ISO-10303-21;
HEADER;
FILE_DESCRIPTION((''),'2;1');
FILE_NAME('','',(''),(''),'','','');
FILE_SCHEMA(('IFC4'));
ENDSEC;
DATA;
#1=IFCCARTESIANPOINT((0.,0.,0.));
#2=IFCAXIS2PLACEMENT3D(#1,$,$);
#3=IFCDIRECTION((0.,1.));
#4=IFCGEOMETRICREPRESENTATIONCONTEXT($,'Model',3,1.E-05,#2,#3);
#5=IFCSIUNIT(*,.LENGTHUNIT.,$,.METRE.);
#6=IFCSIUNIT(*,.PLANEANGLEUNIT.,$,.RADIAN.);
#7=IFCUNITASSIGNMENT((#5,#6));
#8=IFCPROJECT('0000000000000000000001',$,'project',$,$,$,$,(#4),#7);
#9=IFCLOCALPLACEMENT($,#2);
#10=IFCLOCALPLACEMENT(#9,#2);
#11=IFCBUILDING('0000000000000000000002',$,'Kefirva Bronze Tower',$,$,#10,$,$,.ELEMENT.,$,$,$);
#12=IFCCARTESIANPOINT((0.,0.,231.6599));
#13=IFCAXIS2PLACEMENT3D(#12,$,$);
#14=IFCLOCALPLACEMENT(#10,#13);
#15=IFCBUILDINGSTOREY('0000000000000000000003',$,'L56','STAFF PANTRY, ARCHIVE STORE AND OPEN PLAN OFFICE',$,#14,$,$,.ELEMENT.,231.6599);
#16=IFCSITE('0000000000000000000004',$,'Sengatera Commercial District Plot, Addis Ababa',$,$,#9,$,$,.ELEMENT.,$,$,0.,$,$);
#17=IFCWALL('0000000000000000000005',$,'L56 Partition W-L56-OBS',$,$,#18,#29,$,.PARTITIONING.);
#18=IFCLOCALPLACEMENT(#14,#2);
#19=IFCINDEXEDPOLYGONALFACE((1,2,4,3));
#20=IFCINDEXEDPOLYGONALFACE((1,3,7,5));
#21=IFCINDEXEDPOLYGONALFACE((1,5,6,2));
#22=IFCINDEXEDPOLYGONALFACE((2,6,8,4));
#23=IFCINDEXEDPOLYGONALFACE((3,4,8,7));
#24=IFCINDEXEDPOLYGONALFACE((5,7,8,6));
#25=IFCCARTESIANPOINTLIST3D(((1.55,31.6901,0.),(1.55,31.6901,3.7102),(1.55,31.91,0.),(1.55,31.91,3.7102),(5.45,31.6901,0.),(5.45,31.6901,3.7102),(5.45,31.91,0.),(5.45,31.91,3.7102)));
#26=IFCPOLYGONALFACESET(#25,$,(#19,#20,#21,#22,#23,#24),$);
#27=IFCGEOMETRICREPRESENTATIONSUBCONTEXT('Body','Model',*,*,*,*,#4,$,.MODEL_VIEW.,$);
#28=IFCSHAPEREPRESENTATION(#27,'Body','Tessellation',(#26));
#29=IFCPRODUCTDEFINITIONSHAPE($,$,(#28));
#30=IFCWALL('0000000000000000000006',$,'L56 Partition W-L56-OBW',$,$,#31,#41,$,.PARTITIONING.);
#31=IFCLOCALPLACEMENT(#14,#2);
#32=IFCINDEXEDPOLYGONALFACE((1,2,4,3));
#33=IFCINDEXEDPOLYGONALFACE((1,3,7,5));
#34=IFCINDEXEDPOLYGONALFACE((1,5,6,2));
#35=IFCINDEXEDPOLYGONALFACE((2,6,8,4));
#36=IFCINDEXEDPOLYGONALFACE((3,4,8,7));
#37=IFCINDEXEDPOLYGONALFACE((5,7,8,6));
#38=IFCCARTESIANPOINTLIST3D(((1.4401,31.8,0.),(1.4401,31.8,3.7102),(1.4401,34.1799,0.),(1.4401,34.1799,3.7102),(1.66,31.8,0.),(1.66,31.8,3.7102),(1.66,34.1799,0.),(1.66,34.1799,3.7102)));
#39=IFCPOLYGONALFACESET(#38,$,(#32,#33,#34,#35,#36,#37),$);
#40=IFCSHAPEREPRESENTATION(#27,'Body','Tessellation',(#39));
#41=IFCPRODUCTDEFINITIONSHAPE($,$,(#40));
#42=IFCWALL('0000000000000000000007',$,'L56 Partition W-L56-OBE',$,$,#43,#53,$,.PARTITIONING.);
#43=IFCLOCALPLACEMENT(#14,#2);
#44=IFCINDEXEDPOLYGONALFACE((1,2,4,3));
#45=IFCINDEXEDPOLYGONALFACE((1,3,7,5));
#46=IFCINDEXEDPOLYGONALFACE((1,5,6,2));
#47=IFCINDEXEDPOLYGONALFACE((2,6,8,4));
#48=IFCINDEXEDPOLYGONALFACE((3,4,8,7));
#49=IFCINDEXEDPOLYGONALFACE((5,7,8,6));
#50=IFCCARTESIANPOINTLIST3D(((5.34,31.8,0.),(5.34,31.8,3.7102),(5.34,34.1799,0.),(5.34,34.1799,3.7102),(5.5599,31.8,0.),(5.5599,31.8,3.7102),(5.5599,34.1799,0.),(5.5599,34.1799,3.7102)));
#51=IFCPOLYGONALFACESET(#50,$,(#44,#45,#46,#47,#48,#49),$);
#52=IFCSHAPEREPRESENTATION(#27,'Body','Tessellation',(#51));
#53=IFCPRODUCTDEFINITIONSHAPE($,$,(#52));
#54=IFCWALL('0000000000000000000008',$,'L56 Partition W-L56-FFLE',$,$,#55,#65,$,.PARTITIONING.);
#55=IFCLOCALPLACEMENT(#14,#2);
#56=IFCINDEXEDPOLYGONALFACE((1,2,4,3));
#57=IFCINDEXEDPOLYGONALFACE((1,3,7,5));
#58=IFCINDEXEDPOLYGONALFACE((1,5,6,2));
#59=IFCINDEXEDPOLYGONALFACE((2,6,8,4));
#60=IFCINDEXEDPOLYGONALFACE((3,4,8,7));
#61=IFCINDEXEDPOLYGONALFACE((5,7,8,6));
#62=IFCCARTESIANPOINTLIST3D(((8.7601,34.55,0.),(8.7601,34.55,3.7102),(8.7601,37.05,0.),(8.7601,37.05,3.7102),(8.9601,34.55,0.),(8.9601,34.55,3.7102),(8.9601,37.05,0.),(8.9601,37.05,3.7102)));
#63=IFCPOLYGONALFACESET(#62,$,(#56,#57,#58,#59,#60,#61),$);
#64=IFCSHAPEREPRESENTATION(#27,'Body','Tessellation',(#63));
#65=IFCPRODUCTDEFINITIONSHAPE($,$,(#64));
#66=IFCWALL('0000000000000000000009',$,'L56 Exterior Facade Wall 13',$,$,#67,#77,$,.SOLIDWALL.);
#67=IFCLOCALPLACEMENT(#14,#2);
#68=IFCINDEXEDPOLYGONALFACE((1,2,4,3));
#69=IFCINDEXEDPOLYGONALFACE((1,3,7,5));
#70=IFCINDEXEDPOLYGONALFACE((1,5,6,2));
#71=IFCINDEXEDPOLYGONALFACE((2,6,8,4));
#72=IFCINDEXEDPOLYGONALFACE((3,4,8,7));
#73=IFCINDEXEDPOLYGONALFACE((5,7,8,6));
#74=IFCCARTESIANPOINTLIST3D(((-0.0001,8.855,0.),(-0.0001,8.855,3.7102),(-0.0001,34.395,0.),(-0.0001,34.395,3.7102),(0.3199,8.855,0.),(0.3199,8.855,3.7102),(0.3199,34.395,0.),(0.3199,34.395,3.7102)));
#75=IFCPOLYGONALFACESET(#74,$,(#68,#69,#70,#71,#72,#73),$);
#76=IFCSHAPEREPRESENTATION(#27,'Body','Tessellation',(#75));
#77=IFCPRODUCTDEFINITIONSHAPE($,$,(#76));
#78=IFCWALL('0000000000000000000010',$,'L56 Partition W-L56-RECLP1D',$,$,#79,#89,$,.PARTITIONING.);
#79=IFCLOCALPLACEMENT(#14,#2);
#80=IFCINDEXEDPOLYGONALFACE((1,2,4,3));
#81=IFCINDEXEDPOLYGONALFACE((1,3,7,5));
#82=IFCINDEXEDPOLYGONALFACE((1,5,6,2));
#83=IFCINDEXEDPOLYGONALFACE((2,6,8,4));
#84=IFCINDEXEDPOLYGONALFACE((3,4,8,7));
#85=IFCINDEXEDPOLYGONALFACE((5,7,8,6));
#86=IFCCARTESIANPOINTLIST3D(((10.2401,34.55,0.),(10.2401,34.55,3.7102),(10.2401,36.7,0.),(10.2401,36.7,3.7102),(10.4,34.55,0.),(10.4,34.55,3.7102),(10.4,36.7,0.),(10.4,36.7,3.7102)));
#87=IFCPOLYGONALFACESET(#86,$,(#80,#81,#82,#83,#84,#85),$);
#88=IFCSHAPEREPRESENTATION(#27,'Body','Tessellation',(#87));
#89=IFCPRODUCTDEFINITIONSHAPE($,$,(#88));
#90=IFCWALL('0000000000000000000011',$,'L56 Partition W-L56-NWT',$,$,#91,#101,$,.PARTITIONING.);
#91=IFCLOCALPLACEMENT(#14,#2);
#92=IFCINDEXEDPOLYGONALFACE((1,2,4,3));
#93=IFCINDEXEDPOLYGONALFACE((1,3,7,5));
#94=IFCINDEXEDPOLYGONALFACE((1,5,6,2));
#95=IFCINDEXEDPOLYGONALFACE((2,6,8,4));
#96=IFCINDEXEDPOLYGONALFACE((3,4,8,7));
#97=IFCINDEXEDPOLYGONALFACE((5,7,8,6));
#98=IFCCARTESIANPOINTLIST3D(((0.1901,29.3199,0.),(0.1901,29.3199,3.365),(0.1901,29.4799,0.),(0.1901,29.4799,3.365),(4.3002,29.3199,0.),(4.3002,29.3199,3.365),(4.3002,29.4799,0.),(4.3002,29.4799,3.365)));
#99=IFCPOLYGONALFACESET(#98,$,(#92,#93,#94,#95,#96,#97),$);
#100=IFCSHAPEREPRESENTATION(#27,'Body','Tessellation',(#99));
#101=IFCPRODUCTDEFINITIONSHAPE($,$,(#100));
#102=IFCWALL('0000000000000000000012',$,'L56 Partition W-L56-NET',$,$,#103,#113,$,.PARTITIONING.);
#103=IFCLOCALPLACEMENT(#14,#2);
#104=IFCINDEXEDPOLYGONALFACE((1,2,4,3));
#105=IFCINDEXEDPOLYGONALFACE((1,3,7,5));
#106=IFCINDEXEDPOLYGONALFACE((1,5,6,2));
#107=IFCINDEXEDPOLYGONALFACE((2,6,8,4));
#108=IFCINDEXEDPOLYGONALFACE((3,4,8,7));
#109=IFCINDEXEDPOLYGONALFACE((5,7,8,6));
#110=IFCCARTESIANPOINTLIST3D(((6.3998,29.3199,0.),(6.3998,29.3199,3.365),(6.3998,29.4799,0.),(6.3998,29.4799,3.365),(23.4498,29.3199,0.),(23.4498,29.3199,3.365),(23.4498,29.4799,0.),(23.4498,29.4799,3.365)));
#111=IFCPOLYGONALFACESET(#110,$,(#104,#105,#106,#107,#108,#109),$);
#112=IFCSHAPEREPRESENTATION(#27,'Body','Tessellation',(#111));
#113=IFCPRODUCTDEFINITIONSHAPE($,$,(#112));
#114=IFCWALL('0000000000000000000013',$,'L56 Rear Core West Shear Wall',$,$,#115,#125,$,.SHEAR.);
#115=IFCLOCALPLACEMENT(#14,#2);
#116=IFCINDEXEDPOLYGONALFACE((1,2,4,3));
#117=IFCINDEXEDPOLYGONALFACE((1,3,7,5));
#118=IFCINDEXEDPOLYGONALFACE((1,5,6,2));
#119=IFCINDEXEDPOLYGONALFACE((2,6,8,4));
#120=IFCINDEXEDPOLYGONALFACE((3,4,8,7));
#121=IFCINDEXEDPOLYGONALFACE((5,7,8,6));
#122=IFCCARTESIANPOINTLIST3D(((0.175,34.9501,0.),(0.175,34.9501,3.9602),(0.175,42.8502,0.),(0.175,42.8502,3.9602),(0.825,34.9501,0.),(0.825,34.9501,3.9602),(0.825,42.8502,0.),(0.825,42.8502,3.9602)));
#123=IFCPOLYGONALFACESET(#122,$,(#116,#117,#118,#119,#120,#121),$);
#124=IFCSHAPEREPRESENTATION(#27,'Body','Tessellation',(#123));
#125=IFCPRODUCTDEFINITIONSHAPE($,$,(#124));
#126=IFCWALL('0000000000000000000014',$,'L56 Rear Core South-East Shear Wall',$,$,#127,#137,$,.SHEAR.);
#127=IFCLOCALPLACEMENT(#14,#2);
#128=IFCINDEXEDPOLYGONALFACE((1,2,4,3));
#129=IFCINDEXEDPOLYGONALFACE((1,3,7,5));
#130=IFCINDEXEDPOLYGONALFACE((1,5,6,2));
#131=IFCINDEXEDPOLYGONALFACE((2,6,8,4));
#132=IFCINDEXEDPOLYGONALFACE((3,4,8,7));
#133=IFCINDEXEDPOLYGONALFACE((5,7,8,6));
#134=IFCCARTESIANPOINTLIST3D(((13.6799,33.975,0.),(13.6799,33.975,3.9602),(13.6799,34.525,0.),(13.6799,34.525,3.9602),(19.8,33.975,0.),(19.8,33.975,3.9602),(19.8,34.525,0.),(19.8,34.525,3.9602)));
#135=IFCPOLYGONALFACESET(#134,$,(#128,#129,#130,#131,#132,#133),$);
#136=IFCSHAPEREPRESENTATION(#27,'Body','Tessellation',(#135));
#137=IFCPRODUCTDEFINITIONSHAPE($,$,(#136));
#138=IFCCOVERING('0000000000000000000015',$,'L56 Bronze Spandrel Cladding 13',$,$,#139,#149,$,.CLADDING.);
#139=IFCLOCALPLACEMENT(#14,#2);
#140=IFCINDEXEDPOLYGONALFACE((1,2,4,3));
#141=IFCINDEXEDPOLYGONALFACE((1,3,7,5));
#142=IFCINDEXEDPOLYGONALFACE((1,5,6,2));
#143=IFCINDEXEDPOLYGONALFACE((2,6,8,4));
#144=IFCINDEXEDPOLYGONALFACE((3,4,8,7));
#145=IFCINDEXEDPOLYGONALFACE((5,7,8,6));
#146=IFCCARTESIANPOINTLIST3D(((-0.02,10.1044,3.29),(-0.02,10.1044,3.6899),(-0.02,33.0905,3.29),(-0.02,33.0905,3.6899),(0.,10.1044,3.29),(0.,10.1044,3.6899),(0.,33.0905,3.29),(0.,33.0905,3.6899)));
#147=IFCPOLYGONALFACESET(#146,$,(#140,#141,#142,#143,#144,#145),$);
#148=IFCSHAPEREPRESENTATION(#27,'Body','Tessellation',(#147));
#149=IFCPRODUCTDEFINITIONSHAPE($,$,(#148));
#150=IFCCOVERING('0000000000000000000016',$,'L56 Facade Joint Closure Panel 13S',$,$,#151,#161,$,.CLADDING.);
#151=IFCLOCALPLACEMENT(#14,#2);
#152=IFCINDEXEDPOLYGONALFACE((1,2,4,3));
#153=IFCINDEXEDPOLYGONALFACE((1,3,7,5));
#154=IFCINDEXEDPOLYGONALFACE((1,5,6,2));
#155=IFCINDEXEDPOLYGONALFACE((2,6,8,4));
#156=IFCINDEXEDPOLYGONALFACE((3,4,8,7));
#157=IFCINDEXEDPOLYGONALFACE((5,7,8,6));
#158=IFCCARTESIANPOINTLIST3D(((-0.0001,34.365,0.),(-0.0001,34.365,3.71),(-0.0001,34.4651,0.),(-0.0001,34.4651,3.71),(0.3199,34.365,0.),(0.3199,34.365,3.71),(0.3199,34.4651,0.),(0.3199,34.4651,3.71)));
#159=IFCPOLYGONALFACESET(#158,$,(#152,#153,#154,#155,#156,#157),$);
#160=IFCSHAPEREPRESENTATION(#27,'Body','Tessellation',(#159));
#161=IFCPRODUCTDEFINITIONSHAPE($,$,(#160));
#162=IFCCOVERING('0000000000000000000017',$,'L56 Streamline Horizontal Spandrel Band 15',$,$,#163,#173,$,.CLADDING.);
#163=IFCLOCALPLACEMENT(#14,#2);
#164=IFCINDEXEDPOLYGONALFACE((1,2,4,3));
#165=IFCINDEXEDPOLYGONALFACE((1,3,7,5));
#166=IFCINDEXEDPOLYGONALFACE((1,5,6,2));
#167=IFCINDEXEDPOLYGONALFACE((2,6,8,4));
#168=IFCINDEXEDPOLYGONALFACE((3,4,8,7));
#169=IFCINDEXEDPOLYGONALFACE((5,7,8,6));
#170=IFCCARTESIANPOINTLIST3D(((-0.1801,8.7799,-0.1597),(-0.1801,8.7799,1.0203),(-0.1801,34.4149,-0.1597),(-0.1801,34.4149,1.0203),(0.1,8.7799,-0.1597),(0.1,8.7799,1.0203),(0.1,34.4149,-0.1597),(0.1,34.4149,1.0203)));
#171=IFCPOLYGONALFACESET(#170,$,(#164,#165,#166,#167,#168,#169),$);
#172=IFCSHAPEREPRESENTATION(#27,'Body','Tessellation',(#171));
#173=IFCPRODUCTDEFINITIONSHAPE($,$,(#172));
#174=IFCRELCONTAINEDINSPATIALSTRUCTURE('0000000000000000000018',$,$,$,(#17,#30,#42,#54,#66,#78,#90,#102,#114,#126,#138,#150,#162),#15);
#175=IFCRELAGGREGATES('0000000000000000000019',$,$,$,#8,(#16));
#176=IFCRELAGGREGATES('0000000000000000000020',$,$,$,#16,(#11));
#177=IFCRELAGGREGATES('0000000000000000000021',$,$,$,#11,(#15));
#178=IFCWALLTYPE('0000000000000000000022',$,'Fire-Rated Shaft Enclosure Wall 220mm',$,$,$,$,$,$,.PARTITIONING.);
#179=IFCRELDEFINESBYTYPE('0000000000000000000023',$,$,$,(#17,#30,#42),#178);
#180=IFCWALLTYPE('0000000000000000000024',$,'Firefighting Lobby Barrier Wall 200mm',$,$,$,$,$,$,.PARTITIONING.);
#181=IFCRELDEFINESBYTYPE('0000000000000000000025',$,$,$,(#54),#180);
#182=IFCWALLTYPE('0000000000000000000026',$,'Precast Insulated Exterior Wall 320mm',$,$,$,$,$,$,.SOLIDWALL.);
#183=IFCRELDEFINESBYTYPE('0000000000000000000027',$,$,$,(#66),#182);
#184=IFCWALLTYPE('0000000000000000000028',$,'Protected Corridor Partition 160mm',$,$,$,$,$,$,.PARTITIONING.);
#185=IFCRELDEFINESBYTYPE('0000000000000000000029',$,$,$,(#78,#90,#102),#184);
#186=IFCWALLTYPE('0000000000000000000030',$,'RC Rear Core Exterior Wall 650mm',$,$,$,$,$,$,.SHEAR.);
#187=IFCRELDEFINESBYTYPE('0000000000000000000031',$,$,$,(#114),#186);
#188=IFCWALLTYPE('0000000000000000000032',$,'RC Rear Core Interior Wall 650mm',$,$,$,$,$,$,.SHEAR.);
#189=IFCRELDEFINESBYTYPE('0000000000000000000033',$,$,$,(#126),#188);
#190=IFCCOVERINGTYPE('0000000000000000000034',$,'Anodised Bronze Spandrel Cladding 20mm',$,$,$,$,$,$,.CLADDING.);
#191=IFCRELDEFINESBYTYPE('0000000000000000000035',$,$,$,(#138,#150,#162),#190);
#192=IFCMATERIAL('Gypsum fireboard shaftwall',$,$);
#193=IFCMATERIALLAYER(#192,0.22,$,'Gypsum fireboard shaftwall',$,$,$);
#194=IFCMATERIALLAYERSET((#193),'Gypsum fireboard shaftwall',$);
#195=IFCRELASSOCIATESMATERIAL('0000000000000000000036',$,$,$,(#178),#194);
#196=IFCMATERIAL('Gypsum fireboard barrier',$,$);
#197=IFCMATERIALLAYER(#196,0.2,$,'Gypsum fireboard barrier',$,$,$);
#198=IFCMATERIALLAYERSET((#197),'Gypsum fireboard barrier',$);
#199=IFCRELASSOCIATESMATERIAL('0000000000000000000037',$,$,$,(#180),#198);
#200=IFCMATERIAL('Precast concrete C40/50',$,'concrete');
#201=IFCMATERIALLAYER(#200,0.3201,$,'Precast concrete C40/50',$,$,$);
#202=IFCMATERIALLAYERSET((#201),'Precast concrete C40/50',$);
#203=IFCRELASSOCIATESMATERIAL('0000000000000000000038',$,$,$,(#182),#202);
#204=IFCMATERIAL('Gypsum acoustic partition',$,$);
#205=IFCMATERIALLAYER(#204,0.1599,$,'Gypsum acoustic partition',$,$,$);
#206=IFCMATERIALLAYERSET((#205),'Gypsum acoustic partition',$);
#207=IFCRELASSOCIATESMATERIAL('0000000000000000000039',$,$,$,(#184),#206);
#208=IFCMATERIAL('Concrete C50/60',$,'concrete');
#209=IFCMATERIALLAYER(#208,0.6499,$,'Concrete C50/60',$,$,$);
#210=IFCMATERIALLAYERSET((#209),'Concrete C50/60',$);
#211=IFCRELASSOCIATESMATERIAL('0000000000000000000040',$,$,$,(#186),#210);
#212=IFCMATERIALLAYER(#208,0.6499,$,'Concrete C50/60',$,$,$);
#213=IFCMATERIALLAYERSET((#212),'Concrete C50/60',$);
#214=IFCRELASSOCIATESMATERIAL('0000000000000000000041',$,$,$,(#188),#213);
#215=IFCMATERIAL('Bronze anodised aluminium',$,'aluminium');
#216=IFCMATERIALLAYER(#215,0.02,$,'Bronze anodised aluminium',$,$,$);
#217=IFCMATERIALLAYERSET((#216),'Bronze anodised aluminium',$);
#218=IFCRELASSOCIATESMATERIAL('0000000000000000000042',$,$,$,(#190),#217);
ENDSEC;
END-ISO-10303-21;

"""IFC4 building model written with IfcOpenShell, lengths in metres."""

from ifc_helpers import new_model, si_unit, direction, frame, frame_2d, origin, origin_2d, place, context, subcontext, project, spatial, rectangle, extrude, material, layer, layer_set, type_object, element, save


model = new_model("IFC4")

# Units and contexts
model_context = context("Model", 3, precision=1e-05, world=origin(), true_north=direction((0.0, 1.0)))
body_context = subcontext(model_context, "Body", "Model", "MODEL_VIEW")
ifc_project = project(units=[si_unit("LENGTHUNIT", "METRE"), si_unit("PLANEANGLEUNIT", "RADIAN")], contexts=[model_context])

# Site, building, storey
site_placement = place(None, origin())
site = spatial("IfcSite", under=ifc_project, at=site_placement, Name="Sengatera Commercial District Plot, Addis Ababa", CompositionType="ELEMENT", RefElevation=0.0)
building_placement = place(site_placement, origin())
building = spatial("IfcBuilding", under=site, at=building_placement, Name="Kefirva Bronze Tower", CompositionType="ELEMENT")
storey_placement = place(building_placement, frame((0.0, 0.0, 231.6599)))
storey = spatial("IfcBuildingStorey", under=building, at=storey_placement, Name="L56", Description="STAFF PANTRY, ARCHIVE STORE AND OPEN PLAN OFFICE", CompositionType="ELEMENT", Elevation=231.6599)

# Shared definitions
ifc_material_1 = material(Name="Concrete C50/60", Category="concrete")

# Walls
ifc_material_2 = material(Name="Gypsum acoustic partition")
ifc_material_3 = material(Name="Gypsum fireboard shaftwall")
ifc_layer_1 = layer(ifc_material_3, 0.22, Name="Gypsum fireboard shaftwall")
ifc_layer_set_1 = layer_set([ifc_layer_1], Name="Gypsum fireboard shaftwall")
wall_type_1 = type_object("IfcWallType", Name="Fire-Rated Shaft Enclosure Wall 220mm", PredefinedType="PARTITIONING", material=ifc_layer_set_1)
wall_1_placement = place(storey_placement, frame((1.55, 31.8, 0.0), z_axis=(0.0, 0.0, 1.0), x_axis=(1.0, 0.0, 0.0)))
element("IfcWall", 1, at=wall_1_placement, inside=storey, type_object=wall_type_1, Name="L56 Partition W-L56-OBS", PredefinedType="PARTITIONING", context=body_context, shape_type="SweptSolid", body=[
    extrude(rectangle(XDim=3.8999, YDim=0.22, at=frame_2d((1.95, 0.0))), origin(), (0.0, 0.0, 1.0), 3.7102),
])
for number, where, z_axis, x_axis, name in (
    (2, (1.55, 31.8, 0.0), (0.0, 0.0, 1.0), (0.0, 1.0, 0.0), "L56 Partition W-L56-OBW"),
    (3, (5.45, 31.8, 0.0), (0.0, 0.0, 1.0), (0.0, 1.0, 0.0), "L56 Partition W-L56-OBE"),
):
    element("IfcWall", number, at=place(storey_placement, frame(where, z_axis=z_axis, x_axis=x_axis)), inside=storey, type_object=wall_type_1, Name=name, PredefinedType="PARTITIONING", context=body_context, shape_type="SweptSolid", body=[
        extrude(rectangle(XDim=2.3799, YDim=0.22, at=frame_2d((1.1899, 0.0))), origin(), (0.0, 0.0, 1.0), 3.7102),
    ])
ifc_material_4 = material(Name="Gypsum fireboard barrier")
ifc_layer_2 = layer(ifc_material_4, 0.2, Name="Gypsum fireboard barrier")
ifc_layer_set_2 = layer_set([ifc_layer_2], Name="Gypsum fireboard barrier")
wall_type_2 = type_object("IfcWallType", Name="Firefighting Lobby Barrier Wall 200mm", PredefinedType="PARTITIONING", material=ifc_layer_set_2)
wall_2_placement = place(storey_placement, frame((8.8601, 34.55, 0.0), z_axis=(0.0, 0.0, 1.0), x_axis=(0.0, 1.0, 0.0)))
element("IfcWall", 4, at=wall_2_placement, inside=storey, type_object=wall_type_2, Name="L56 Partition W-L56-FFLE", PredefinedType="PARTITIONING", context=body_context, shape_type="SweptSolid", body=[
    extrude(rectangle(XDim=2.5, YDim=0.2, at=frame_2d((1.25, 0.0))), origin(), (0.0, 0.0, 1.0), 3.7102),
])
ifc_material_5 = material(Name="Precast concrete C40/50", Category="concrete")
ifc_layer_3 = layer(ifc_material_5, 0.3201, Name="Precast concrete C40/50")
ifc_layer_set_3 = layer_set([ifc_layer_3], Name="Precast concrete C40/50")
wall_type_3 = type_object("IfcWallType", Name="Precast Insulated Exterior Wall 320mm", PredefinedType="SOLIDWALL", material=ifc_layer_set_3)
wall_3_placement = place(storey_placement, frame((0.1599, 34.395, 0.0), z_axis=(0.0, 0.0, 1.0), x_axis=(0.0, -1.0, 0.0)))
element("IfcWall", 5, at=wall_3_placement, inside=storey, type_object=wall_type_3, Name="L56 Exterior Facade Wall 13", PredefinedType="SOLIDWALL", context=body_context, shape_type="SweptSolid", body=[
    extrude(rectangle(XDim=25.54, YDim=0.3201, at=frame_2d((12.77, 0.0))), origin(), (0.0, 0.0, 1.0), 3.7102),
])
ifc_layer_4 = layer(ifc_material_2, 0.1599, Name="Gypsum acoustic partition")
ifc_layer_set_4 = layer_set([ifc_layer_4], Name="Gypsum acoustic partition")
wall_type_4 = type_object("IfcWallType", Name="Protected Corridor Partition 160mm", PredefinedType="PARTITIONING", material=ifc_layer_set_4)
wall_4_placement = place(storey_placement, frame((10.3201, 34.55, 0.0), z_axis=(0.0, 0.0, 1.0), x_axis=(0.0, 1.0, 0.0)))
element("IfcWall", 6, at=wall_4_placement, inside=storey, type_object=wall_type_4, Name="L56 Partition W-L56-RECLP1D", PredefinedType="PARTITIONING", context=body_context, shape_type="SweptSolid", body=[
    extrude(rectangle(XDim=2.1499, YDim=0.1599, at=frame_2d((1.075, 0.0))), origin(), (0.0, 0.0, 1.0), 3.7102),
])
wall_5_placement = place(storey_placement, frame((0.1899, 29.3999, 0.0), z_axis=(0.0, 0.0, 1.0), x_axis=(1.0, 0.0, 0.0)))
element("IfcWall", 7, at=wall_5_placement, inside=storey, type_object=wall_type_4, Name="L56 Partition W-L56-NWT", PredefinedType="PARTITIONING", context=body_context, shape_type="SweptSolid", body=[
    extrude(rectangle(XDim=4.1101, YDim=0.1599, at=frame_2d((2.0552, 0.0))), origin(), (0.0, 0.0, 1.0), 3.365),
])
wall_6_placement = place(storey_placement, frame((6.3999, 29.3999, 0.0), z_axis=(0.0, 0.0, 1.0), x_axis=(1.0, 0.0, 0.0)))
element("IfcWall", 8, at=wall_6_placement, inside=storey, type_object=wall_type_4, Name="L56 Partition W-L56-NET", PredefinedType="PARTITIONING", context=body_context, shape_type="SweptSolid", body=[
    extrude(rectangle(XDim=17.05, YDim=0.1599, at=frame_2d((8.5249, 0.0))), origin(), (0.0, 0.0, 1.0), 3.365),
])
ifc_layer_5 = layer(ifc_material_1, 0.6499, Name="Concrete C50/60")
ifc_layer_set_5 = layer_set([ifc_layer_5], Name="Concrete C50/60")
wall_type_5 = type_object("IfcWallType", Name="RC Rear Core Exterior Wall 650mm", PredefinedType="SHEAR", material=ifc_layer_set_5)
wall_7_placement = place(storey_placement, frame((0.5, 34.95, 0.0), z_axis=(0.0, 0.0, 1.0), x_axis=(0.0, 1.0, 0.0)))
element("IfcWall", 9, at=wall_7_placement, inside=storey, type_object=wall_type_5, Name="L56 Rear Core West Shear Wall", PredefinedType="SHEAR", context=body_context, shape_type="SweptSolid", body=[
    extrude(rectangle(XDim=7.9001, YDim=0.6499, at=frame_2d((3.9502, 0.0))), origin(), (0.0, 0.0, 1.0), 3.9602),
])

# Shared definitions
ifc_layer_6 = layer(ifc_material_1, 0.6499, Name="Concrete C50/60")
ifc_layer_set_6 = layer_set([ifc_layer_6], Name="Concrete C50/60")
wall_type_6 = type_object("IfcWallType", Name="RC Rear Core Interior Wall 650mm", PredefinedType="SHEAR", material=ifc_layer_set_6)

# Wall
wall_8_placement = place(storey_placement, frame((13.6799, 34.25, 0.0), z_axis=(0.0, 0.0, 1.0), x_axis=(1.0, 0.0, 0.0)))
element("IfcWall", 10, at=wall_8_placement, inside=storey, type_object=wall_type_6, Name="L56 Rear Core South-East Shear Wall", PredefinedType="SHEAR", context=body_context, shape_type="SweptSolid", body=[
    extrude(rectangle(XDim=6.1201, YDim=0.55, at=frame_2d((3.0601, 0.0))), origin(), (0.0, 0.0, 1.0), 3.9602),
])

# Coverings
ifc_material_6 = material(Name="Bronze anodised aluminium", Category="aluminium")
ifc_layer_7 = layer(ifc_material_6, 0.02, Name="Bronze anodised aluminium")
ifc_layer_set_7 = layer_set([ifc_layer_7], Name="Bronze anodised aluminium")
covering_type_1 = type_object("IfcCoveringType", Name="Anodised Bronze Spandrel Cladding 20mm", PredefinedType="CLADDING", material=ifc_layer_set_7)
covering_1_placement = place(storey_placement, frame((-0.01, 21.5974, 3.29), z_axis=(0.0, 0.0, 1.0), x_axis=(0.0, -1.0, 0.0)))
element("IfcCovering", 11, at=covering_1_placement, inside=storey, type_object=covering_type_1, Name="L56 Bronze Spandrel Cladding 13", PredefinedType="CLADDING", context=body_context, shape_type="SweptSolid", body=[
    extrude(rectangle(XDim=22.9861, YDim=0.02, at=origin_2d()), origin(), (0.0, 0.0, 1.0), 0.3999),
])
covering_2_placement = place(storey_placement, frame((0.1599, 34.415, 0.0), z_axis=(0.0, 0.0, 1.0), x_axis=(0.0, -1.0, 0.0)))
element("IfcCovering", 12, at=covering_2_placement, inside=storey, type_object=covering_type_1, Name="L56 Facade Joint Closure Panel 13S", PredefinedType="CLADDING", context=body_context, shape_type="SweptSolid", body=[
    extrude(rectangle(XDim=0.1001, YDim=0.3201, at=origin_2d()), origin(), (0.0, 0.0, 1.0), 3.71),
])
covering_3_placement = place(storey_placement, frame((-0.04, 21.5974, -0.1597), z_axis=(0.0, 0.0, 1.0), x_axis=(0.0, -1.0, 0.0)))
element("IfcCovering", 13, at=covering_3_placement, inside=storey, type_object=covering_type_1, Name="L56 Streamline Horizontal Spandrel Band 15", PredefinedType="CLADDING", context=body_context, shape_type="SweptSolid", body=[
    extrude(rectangle(XDim=25.635, YDim=0.28, at=origin_2d()), origin(), (0.0, 0.0, 1.0), 1.1799),
])

save(model, "model.ifc")
